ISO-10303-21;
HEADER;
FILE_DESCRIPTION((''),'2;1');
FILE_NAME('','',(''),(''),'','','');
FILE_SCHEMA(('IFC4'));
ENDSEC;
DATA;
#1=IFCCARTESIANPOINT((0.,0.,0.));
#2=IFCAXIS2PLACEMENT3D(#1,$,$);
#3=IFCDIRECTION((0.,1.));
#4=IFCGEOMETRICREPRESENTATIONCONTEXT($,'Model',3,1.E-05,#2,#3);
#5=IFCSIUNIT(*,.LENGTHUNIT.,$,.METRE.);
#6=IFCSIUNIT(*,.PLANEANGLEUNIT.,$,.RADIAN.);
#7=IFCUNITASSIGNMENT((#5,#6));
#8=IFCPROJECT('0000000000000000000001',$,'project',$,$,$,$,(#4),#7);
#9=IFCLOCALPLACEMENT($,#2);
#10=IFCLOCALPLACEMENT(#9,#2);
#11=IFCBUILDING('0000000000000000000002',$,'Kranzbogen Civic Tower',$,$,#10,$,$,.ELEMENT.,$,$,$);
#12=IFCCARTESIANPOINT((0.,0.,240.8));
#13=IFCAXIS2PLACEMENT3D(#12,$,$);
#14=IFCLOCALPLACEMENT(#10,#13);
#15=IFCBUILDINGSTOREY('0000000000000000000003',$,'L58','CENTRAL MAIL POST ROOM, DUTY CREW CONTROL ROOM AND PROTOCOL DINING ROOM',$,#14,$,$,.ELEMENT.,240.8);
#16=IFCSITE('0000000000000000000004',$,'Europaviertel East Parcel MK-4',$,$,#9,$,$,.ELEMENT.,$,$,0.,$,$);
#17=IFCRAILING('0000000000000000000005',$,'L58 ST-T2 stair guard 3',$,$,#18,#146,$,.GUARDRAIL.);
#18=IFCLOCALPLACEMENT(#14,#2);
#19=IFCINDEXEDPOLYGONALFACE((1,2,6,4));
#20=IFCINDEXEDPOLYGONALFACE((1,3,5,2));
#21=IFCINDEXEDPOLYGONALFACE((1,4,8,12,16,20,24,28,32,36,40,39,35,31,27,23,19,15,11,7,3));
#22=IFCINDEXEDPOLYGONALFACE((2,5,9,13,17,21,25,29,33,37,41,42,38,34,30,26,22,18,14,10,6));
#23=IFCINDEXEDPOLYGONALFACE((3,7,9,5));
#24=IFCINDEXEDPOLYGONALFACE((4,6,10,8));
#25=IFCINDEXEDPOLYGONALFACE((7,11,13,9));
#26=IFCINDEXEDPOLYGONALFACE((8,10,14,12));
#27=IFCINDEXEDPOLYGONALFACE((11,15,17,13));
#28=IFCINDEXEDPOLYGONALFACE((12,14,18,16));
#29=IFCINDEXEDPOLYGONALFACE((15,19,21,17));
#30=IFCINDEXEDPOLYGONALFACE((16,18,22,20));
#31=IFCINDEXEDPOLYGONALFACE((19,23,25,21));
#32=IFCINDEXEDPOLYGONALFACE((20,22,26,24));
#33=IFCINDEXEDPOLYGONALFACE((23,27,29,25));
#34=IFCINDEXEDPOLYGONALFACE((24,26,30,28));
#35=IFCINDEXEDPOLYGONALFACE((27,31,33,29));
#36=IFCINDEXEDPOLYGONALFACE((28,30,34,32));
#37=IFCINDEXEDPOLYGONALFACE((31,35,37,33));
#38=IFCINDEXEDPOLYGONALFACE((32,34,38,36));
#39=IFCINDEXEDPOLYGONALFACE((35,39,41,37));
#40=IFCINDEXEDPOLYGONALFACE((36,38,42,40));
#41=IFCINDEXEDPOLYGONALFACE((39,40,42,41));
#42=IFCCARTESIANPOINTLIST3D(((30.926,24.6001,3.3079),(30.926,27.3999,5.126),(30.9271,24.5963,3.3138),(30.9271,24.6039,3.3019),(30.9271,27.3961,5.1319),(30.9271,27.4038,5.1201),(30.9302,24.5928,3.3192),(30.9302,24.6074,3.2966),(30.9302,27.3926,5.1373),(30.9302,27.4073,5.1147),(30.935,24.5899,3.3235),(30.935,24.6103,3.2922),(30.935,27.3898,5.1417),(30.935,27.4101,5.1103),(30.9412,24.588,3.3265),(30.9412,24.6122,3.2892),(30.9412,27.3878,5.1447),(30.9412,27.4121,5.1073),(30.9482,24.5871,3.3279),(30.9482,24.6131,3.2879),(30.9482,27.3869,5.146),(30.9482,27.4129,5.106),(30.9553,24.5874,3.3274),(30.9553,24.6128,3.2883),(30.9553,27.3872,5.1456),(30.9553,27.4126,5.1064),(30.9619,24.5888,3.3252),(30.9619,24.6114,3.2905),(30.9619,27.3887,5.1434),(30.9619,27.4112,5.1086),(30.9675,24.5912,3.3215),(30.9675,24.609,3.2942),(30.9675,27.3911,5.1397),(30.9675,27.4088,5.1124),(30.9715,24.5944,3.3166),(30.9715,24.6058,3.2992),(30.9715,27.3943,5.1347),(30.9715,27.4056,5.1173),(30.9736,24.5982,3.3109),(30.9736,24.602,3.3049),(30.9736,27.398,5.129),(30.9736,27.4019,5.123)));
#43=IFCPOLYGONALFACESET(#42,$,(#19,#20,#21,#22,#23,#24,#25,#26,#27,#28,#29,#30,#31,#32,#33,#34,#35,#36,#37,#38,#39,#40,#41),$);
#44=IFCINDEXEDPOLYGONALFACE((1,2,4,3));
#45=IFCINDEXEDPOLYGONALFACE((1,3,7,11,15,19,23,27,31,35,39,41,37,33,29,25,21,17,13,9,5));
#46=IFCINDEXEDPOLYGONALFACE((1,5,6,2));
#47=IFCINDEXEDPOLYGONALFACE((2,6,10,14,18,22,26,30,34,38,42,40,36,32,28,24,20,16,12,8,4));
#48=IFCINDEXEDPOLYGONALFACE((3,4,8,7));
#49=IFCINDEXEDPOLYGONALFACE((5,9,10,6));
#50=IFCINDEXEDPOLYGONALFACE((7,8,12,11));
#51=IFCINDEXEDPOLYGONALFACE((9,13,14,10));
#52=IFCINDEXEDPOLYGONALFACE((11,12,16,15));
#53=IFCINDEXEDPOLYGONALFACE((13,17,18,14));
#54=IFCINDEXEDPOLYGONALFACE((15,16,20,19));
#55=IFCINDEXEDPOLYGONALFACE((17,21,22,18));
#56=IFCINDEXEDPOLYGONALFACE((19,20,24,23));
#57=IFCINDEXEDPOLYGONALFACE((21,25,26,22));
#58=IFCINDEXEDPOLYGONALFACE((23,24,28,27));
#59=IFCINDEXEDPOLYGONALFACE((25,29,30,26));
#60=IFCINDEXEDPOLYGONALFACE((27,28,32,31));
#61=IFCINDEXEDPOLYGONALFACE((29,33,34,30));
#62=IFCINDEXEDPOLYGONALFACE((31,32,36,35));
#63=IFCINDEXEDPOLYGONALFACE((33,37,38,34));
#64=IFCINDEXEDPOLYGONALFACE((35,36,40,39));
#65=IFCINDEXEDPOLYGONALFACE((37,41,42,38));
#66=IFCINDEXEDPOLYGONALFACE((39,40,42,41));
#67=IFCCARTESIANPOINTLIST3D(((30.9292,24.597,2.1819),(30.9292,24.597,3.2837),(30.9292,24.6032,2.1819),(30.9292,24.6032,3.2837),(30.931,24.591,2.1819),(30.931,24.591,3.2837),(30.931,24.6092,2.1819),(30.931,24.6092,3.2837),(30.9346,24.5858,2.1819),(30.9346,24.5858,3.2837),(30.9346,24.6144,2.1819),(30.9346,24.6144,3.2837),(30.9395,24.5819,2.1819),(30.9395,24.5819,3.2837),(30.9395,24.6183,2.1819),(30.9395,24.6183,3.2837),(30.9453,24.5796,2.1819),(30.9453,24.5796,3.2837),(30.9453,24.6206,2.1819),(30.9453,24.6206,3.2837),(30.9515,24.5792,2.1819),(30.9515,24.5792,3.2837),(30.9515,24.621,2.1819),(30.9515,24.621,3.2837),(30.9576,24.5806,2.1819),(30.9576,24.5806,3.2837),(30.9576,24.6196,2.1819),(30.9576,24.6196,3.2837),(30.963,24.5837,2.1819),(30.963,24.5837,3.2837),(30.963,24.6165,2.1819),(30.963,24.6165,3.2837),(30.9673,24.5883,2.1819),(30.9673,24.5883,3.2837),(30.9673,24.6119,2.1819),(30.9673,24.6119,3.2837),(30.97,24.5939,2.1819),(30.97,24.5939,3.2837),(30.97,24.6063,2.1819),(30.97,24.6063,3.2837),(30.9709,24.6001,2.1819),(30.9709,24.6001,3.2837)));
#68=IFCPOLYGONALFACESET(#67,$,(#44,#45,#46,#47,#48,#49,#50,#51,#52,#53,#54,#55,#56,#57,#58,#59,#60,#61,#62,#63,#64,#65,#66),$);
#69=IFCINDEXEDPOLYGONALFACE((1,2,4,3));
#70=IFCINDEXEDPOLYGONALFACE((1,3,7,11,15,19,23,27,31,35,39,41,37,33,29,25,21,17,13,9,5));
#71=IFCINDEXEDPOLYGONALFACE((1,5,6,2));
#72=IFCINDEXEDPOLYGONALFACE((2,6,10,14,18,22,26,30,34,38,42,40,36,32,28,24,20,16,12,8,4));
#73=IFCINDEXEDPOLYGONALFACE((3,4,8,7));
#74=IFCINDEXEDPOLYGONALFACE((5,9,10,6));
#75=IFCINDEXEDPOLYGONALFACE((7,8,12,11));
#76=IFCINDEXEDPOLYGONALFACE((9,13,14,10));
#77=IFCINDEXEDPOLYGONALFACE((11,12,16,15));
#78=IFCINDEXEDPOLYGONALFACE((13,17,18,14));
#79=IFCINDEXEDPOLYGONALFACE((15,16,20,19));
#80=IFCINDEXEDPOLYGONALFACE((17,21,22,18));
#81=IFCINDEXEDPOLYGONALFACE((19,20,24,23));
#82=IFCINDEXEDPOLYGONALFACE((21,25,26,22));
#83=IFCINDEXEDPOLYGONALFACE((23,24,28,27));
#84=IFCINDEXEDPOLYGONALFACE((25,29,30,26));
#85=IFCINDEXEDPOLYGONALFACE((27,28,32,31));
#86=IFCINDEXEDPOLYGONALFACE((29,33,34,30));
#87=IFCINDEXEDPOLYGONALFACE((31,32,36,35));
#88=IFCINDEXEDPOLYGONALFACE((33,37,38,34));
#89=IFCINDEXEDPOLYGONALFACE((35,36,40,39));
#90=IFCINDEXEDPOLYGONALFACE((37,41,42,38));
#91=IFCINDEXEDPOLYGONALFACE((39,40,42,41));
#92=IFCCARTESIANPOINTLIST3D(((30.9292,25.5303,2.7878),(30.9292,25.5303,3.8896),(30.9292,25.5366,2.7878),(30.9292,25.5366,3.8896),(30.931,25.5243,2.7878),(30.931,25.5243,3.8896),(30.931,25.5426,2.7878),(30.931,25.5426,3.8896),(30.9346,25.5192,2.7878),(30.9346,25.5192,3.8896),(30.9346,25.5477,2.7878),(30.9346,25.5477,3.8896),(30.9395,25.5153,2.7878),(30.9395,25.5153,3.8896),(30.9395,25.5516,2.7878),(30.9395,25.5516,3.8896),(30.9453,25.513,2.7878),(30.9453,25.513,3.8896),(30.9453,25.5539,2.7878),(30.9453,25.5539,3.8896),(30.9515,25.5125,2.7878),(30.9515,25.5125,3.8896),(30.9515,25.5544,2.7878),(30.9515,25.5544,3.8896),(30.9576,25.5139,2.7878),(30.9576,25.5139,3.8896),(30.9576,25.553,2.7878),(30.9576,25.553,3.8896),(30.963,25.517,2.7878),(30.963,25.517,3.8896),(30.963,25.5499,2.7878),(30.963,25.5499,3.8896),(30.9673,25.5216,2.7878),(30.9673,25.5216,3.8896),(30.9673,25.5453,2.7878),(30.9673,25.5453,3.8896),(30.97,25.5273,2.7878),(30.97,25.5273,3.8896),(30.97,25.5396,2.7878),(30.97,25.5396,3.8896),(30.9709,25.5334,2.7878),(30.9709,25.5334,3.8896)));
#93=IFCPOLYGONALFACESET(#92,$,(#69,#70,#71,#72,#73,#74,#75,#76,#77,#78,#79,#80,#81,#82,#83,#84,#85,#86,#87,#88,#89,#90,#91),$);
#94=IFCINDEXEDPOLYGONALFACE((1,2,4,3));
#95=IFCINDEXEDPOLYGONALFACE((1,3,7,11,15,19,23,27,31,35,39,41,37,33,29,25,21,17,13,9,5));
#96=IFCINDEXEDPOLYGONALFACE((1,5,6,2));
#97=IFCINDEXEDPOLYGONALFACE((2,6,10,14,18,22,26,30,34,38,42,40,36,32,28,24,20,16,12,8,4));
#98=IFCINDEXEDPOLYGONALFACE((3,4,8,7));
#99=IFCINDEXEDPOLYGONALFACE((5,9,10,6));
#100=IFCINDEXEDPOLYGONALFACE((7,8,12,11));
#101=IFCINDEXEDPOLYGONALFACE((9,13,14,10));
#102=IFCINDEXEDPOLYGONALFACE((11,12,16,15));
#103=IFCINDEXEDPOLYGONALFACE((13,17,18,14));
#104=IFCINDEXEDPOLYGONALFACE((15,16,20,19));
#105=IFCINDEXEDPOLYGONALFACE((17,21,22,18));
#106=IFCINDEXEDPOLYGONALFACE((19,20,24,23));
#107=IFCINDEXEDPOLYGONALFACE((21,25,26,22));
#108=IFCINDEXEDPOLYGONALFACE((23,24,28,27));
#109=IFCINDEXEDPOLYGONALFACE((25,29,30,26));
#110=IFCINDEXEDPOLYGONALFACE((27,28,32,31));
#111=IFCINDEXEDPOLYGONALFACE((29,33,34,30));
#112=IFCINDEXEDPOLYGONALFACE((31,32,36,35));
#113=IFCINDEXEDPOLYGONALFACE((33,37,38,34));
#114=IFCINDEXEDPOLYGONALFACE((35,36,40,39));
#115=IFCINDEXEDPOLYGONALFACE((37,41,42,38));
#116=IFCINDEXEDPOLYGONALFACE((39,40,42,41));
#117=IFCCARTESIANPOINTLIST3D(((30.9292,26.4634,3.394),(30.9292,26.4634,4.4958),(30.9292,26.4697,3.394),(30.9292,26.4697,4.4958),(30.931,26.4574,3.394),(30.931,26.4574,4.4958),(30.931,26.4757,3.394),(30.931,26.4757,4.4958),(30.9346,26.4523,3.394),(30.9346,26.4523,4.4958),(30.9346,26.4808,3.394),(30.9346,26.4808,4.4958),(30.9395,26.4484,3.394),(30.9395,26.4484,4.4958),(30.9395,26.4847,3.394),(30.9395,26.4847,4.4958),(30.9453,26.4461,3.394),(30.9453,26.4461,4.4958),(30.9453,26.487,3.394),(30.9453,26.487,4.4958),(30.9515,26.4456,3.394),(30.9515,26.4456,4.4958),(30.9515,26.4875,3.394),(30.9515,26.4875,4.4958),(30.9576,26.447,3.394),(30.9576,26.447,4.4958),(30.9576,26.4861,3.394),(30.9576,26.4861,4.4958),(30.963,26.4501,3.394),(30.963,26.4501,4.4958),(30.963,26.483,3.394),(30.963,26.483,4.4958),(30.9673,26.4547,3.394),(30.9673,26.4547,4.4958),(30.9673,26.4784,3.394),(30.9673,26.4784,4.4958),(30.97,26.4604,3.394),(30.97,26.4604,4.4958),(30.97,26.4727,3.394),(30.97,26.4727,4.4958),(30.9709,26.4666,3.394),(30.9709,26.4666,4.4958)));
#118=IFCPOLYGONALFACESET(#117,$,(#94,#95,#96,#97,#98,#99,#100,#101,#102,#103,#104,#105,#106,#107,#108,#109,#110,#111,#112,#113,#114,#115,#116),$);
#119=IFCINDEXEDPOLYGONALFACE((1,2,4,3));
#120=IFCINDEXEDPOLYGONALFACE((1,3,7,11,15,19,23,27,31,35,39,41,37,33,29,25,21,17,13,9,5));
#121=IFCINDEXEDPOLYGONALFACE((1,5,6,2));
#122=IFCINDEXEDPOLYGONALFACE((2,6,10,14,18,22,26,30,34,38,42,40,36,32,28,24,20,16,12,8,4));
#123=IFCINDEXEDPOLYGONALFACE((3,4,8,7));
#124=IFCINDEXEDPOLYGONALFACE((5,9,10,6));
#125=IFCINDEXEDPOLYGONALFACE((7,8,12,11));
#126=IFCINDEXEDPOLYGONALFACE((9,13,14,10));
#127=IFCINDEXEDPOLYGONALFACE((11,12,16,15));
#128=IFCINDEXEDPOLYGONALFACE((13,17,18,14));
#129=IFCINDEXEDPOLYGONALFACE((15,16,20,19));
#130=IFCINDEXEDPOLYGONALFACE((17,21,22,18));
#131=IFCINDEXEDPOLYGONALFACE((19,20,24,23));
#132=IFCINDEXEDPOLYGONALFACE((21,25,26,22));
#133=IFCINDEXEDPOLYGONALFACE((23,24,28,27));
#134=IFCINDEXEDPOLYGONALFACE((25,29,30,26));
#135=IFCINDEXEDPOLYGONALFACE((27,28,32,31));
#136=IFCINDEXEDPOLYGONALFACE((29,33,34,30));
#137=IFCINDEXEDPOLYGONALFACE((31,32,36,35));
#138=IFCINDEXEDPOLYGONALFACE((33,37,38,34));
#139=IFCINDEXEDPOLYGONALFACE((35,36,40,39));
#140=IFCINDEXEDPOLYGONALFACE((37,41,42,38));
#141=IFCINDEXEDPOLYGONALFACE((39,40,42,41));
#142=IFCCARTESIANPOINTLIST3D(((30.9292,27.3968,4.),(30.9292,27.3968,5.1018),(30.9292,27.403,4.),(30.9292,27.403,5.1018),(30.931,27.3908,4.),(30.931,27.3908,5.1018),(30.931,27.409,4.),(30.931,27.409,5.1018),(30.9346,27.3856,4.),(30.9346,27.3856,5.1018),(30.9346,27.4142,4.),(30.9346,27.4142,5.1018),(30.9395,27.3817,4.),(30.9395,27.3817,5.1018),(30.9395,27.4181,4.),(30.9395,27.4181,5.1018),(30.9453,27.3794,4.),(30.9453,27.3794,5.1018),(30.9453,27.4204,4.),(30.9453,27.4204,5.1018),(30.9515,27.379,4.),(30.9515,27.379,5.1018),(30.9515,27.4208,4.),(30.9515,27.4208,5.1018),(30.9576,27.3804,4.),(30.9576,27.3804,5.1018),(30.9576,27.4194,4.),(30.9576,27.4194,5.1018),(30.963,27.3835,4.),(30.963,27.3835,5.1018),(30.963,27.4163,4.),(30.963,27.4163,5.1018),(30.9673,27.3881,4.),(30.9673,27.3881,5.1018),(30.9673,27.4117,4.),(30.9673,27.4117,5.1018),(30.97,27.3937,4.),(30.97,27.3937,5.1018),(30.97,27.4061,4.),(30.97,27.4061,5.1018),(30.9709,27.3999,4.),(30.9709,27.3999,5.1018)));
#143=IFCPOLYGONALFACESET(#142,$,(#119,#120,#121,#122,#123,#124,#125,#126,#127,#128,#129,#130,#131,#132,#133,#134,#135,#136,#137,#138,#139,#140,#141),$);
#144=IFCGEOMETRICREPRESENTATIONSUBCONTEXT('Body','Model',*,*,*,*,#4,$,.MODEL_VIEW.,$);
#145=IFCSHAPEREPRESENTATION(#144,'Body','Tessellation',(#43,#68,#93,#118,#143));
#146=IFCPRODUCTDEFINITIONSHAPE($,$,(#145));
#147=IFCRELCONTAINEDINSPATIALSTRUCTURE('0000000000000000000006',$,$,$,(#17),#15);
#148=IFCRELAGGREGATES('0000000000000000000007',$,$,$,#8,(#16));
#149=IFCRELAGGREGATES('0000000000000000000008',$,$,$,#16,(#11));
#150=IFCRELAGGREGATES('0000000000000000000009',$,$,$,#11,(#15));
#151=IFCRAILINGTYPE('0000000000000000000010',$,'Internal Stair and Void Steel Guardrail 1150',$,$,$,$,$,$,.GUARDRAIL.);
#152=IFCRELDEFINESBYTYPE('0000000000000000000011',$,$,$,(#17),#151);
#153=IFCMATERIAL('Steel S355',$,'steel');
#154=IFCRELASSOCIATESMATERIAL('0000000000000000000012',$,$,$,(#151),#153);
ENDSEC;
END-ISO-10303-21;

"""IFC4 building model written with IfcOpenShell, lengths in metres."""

from ifc_helpers import new_model, si_unit, direction, frame, origin, origin_2d, place, context, subcontext, project, spatial, circle, extrude, material, type_object, element, save


model = new_model("IFC4")

# Units and contexts
model_context = context("Model", 3, precision=1e-05, world=origin(), true_north=direction((0.0, 1.0)))
body_context = subcontext(model_context, "Body", "Model", "MODEL_VIEW")
ifc_project = project(units=[si_unit("LENGTHUNIT", "METRE"), si_unit("PLANEANGLEUNIT", "RADIAN")], contexts=[model_context])

# Site, building, storey
site_placement = place(None, origin())
site = spatial("IfcSite", under=ifc_project, at=site_placement, Name="Europaviertel East Parcel MK-4", CompositionType="ELEMENT", RefElevation=0.0)
building_placement = place(site_placement, origin())
building = spatial("IfcBuilding", under=site, at=building_placement, Name="Kranzbogen Civic Tower", CompositionType="ELEMENT")
storey_placement = place(building_placement, frame((0.0, 0.0, 240.8)))
storey = spatial("IfcBuildingStorey", under=building, at=storey_placement, Name="L58", Description="CENTRAL MAIL POST ROOM, DUTY CREW CONTROL ROOM AND PROTOCOL DINING ROOM", CompositionType="ELEMENT", Elevation=240.8)

# Shared definitions
ifc_material_1 = material(Name="Steel S355", Category="steel")

# Railing
railing_type_1 = type_object("IfcRailingType", Name="Internal Stair and Void Steel Guardrail 1150", PredefinedType="GUARDRAIL", material=ifc_material_1)
railing_1_placement = place(storey_placement, frame((30.95, 24.6001, 2.1819)))
element("IfcRailing", 1, at=railing_1_placement, inside=storey, type_object=railing_type_1, Name="L58 ST-T2 stair guard 3", PredefinedType="GUARDRAIL", context=body_context, shape_type="SweptSolid", body=[
    extrude(circle(Radius=0.0239, at=origin_2d()), frame((0.0, 0.0, 1.126), z_axis=(0.0, 0.838684, 0.544618), x_axis=(-1.0, 0.0, 0.0)), (0.0, 0.0, 1.0), 3.3384),
    extrude(circle(Radius=0.021, at=origin_2d()), origin(), (0.0, 0.0, 1.0), 1.1018),
    extrude(circle(Radius=0.021, at=origin_2d()), frame((0.0, 0.9333, 0.606)), (0.0, 0.0, 1.0), 1.1018),
    extrude(circle(Radius=0.021, at=origin_2d()), frame((0.0, 1.8665, 1.2122)), (0.0, 0.0, 1.0), 1.1018),
    extrude(circle(Radius=0.021, at=origin_2d()), frame((0.0, 2.7998, 1.8181)), (0.0, 0.0, 1.0), 1.1018),
])

save(model, "model.ifc")
